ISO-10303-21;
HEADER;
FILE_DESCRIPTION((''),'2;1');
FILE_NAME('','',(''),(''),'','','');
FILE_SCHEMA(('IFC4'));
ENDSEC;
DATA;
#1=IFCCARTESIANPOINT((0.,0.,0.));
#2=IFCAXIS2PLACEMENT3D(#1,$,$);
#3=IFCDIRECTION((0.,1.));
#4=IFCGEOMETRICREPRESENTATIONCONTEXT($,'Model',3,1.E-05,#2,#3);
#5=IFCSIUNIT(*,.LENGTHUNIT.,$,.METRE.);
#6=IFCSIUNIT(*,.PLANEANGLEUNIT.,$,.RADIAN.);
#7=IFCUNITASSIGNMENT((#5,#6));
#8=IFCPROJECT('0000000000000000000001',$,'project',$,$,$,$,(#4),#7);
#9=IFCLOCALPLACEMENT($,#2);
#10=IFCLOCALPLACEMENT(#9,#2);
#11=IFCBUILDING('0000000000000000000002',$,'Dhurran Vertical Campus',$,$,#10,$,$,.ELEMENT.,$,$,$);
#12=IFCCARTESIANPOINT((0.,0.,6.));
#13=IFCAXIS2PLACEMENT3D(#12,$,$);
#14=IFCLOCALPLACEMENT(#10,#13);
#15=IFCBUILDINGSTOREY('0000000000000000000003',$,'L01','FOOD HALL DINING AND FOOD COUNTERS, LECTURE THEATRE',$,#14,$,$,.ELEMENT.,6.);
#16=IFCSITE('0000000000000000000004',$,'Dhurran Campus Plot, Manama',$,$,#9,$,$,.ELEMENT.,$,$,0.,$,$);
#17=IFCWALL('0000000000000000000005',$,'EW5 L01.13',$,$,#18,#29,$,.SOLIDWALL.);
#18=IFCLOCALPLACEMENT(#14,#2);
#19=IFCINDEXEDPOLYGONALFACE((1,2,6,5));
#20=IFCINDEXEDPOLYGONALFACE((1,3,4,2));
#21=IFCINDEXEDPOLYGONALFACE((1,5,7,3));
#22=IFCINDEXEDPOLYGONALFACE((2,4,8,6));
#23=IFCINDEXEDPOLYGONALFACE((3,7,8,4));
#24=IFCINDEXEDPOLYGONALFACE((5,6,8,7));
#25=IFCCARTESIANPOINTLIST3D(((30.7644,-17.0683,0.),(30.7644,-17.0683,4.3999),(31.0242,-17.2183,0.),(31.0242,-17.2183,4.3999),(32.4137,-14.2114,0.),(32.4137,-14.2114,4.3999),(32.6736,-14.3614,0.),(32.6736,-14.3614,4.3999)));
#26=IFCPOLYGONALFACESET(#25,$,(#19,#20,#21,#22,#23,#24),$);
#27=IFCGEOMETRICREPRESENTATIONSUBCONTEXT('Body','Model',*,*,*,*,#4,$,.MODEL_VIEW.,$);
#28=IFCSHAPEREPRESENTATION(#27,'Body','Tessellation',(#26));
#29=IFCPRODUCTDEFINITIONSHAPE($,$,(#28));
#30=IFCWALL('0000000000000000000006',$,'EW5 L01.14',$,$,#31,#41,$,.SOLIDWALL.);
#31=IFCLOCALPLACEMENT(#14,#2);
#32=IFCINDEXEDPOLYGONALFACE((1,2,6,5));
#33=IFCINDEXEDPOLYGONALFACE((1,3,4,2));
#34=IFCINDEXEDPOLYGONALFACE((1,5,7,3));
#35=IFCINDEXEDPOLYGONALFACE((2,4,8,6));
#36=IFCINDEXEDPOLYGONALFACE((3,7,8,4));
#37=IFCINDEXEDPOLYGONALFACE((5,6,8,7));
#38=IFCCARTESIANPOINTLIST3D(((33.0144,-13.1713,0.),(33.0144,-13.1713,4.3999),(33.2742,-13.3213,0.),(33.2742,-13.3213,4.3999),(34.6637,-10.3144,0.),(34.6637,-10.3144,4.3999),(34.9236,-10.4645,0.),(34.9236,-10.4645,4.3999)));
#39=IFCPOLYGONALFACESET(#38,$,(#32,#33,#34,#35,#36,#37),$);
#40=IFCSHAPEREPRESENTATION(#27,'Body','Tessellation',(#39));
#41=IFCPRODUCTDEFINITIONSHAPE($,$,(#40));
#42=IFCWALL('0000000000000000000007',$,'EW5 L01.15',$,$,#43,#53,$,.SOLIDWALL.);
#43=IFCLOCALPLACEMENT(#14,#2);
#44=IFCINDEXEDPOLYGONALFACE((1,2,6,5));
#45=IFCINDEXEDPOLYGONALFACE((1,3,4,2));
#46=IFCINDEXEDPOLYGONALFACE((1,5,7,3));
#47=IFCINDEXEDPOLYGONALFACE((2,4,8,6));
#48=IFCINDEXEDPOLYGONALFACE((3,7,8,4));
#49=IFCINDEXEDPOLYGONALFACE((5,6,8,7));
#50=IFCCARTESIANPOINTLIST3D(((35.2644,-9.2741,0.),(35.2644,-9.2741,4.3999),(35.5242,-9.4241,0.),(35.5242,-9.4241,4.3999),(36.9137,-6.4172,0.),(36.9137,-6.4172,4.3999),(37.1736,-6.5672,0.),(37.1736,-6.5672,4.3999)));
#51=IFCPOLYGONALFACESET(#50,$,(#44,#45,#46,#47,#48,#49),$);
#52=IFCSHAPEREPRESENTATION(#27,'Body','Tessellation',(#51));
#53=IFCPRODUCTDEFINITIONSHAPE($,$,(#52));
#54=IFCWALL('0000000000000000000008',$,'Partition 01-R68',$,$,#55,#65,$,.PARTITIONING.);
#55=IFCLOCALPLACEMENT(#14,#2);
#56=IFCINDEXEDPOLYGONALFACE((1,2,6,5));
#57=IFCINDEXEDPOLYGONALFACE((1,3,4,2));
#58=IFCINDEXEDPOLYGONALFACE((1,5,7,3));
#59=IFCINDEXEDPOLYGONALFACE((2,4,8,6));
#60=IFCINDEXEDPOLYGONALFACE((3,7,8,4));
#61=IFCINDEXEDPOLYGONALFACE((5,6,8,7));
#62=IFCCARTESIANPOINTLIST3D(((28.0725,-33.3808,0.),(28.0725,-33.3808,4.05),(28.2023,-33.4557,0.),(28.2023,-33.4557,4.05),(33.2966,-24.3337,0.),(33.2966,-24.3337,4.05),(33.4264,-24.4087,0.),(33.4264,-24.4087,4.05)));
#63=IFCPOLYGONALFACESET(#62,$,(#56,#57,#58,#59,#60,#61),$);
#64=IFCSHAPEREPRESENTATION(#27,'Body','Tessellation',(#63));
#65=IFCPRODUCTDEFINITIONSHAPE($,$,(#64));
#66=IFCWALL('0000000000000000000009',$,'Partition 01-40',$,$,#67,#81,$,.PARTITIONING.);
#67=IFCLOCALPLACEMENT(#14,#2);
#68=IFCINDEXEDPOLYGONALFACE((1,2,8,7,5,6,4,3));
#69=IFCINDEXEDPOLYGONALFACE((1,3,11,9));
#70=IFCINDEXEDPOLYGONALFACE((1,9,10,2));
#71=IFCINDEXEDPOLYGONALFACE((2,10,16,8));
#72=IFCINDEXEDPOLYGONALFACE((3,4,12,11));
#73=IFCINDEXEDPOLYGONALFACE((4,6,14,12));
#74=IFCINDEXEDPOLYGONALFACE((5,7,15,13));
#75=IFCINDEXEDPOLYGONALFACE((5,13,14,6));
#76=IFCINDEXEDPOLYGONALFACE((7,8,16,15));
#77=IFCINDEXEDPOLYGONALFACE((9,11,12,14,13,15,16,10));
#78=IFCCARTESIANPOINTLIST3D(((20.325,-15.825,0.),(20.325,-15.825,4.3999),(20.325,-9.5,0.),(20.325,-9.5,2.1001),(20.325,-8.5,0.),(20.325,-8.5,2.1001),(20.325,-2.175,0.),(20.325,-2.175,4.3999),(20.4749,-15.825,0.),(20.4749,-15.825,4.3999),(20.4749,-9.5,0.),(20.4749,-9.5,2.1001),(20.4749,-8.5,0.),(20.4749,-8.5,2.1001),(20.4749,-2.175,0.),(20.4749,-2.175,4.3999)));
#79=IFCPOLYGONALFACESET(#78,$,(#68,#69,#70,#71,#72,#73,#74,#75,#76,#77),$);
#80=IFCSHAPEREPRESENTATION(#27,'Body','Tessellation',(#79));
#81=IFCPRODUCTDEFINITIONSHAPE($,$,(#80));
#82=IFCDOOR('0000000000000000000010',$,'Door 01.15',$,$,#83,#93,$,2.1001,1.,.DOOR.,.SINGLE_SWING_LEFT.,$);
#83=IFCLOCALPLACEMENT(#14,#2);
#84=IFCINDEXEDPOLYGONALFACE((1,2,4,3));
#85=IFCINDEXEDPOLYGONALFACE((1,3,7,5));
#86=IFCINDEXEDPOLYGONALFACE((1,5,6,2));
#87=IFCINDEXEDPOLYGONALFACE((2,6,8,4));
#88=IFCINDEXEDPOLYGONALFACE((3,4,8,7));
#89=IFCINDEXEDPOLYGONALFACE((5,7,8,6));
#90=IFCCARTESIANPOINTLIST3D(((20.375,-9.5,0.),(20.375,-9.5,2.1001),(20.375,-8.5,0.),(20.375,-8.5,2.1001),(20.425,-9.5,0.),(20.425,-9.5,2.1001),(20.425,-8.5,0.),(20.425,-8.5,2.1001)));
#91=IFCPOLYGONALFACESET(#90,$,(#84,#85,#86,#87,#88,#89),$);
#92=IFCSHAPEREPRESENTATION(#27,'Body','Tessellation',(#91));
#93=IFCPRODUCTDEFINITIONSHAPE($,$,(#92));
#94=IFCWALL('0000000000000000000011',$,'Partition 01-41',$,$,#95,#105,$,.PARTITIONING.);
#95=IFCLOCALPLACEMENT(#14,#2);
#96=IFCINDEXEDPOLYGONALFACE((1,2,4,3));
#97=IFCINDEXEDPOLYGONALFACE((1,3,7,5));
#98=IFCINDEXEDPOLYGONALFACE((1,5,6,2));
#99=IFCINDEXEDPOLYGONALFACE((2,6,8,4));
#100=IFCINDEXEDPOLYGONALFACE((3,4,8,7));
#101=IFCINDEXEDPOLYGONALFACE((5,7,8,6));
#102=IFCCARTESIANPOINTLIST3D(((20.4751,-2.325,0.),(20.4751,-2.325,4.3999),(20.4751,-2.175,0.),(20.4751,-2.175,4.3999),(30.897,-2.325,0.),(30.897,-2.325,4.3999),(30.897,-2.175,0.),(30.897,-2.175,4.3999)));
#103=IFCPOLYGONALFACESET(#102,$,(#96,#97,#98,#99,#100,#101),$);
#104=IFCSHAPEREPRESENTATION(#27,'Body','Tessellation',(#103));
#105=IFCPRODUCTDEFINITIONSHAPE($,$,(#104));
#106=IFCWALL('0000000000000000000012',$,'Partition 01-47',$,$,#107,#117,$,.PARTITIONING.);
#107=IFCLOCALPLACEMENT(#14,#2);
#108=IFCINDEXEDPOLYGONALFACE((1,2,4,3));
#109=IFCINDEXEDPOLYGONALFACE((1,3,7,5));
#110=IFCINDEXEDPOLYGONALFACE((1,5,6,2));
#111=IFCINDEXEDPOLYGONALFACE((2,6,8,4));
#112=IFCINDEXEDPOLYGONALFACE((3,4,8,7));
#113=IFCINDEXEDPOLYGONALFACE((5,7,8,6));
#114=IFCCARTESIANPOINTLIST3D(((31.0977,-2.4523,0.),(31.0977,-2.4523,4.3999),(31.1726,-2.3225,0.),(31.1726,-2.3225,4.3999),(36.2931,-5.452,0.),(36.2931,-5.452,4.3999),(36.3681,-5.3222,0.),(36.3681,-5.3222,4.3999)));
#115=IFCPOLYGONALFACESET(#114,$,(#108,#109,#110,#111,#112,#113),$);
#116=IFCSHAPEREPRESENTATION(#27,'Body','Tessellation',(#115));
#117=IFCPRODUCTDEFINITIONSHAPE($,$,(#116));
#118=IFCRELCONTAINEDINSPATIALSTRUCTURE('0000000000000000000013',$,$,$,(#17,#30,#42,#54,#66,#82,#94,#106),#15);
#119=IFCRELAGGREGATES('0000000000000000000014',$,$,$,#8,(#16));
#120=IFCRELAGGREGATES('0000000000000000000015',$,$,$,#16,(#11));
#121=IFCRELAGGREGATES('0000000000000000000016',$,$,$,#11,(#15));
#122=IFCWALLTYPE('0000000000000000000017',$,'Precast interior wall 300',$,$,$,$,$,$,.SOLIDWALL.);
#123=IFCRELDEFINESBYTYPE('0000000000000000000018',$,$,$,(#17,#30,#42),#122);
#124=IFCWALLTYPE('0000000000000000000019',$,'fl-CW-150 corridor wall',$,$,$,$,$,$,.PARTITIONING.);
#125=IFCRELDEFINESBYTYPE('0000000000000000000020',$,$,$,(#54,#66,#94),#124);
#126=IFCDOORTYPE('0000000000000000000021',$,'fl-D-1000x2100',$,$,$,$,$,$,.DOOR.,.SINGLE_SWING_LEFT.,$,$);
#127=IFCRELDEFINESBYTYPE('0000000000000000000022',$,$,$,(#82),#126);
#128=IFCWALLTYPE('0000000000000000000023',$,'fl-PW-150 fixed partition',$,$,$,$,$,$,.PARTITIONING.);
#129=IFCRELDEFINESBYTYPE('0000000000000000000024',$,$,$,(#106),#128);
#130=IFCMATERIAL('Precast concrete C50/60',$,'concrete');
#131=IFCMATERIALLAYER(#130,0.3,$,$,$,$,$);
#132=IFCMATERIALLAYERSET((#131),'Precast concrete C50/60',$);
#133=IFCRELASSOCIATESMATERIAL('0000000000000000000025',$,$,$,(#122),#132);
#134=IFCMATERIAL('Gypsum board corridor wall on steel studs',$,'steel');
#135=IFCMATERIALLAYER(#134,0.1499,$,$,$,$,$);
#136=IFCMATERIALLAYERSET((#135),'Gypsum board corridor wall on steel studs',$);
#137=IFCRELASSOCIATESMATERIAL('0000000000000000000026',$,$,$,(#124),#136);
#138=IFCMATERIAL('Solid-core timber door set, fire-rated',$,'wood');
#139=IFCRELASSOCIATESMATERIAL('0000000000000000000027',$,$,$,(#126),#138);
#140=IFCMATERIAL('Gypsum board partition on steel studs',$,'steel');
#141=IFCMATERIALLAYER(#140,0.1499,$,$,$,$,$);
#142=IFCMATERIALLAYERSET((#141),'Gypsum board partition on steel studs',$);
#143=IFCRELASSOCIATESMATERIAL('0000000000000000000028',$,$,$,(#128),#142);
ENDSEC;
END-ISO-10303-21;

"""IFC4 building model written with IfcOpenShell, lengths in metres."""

from ifc_helpers import new_model, si_unit, direction, frame, frame_2d, origin, place, context, subcontext, project, spatial, rectangle, extrude, material, layer, layer_set, type_object, element, fill, save


model = new_model("IFC4")

# Units and contexts
model_context = context("Model", 3, precision=1e-05, world=origin(), true_north=direction((0.0, 1.0)))
body_context = subcontext(model_context, "Body", "Model", "MODEL_VIEW")
ifc_project = project(units=[si_unit("LENGTHUNIT", "METRE"), si_unit("PLANEANGLEUNIT", "RADIAN")], contexts=[model_context])

# Site, building, storey
site_placement = place(None, origin())
site = spatial("IfcSite", under=ifc_project, at=site_placement, Name="Dhurran Campus Plot, Manama", CompositionType="ELEMENT", RefElevation=0.0)
building_placement = place(site_placement, origin())
building = spatial("IfcBuilding", under=site, at=building_placement, Name="Dhurran Vertical Campus", CompositionType="ELEMENT")
storey_placement = place(building_placement, frame((0.0, 0.0, 6.0)))
storey = spatial("IfcBuildingStorey", under=building, at=storey_placement, Name="L01", Description="FOOD HALL DINING AND FOOD COUNTERS, LECTURE THEATRE", CompositionType="ELEMENT", Elevation=6.0)

# Walls
ifc_material_1 = material(Name="Precast concrete C50/60", Category="concrete")
ifc_layer_1 = layer(ifc_material_1, 0.3)
ifc_layer_set_1 = layer_set([ifc_layer_1], Name="Precast concrete C50/60")
wall_type_1 = type_object("IfcWallType", Name="Precast interior wall 300", PredefinedType="SOLIDWALL", material=ifc_layer_set_1)
for number, where, z_axis, x_axis, name in (
    (1, (30.8943, -17.1433, 0.0), (0.0, 0.0, 1.0), (0.499992, 0.86603, 0.0), "EW5 L01.13"),
    (2, (33.1443, -13.2463, 0.0), (0.0, 0.0, 1.0), (0.499992, 0.86603, 0.0), "EW5 L01.14"),
    (3, (35.3943, -9.3491, 0.0), (0.0, 0.0, 1.0), (0.499992, 0.86603, 0.0), "EW5 L01.15"),
):
    element("IfcWall", number, at=place(storey_placement, frame(where, z_axis=z_axis, x_axis=x_axis)), inside=storey, type_object=wall_type_1, Name=name, PredefinedType="SOLIDWALL", context=body_context, shape_type="SweptSolid", body=[
        extrude(rectangle(XDim=3.2988, YDim=0.3, at=frame_2d((1.6494, 0.0))), origin(), (0.0, 0.0, 1.0), 4.3999),
    ])
ifc_material_2 = material(Name="Gypsum board corridor wall on steel studs", Category="steel")
ifc_layer_2 = layer(ifc_material_2, 0.1499)
ifc_layer_set_2 = layer_set([ifc_layer_2], Name="Gypsum board corridor wall on steel studs")
wall_type_2 = type_object("IfcWallType", Name="fl-CW-150 corridor wall", PredefinedType="PARTITIONING", material=ifc_layer_set_2)
wall_1_placement = place(storey_placement, frame((33.3616, -24.3711, 0.0), z_axis=(0.0, 0.0, 1.0), x_axis=(-0.500055, -0.865994, 0.0)))
element("IfcWall", 4, at=wall_1_placement, inside=storey, type_object=wall_type_2, Name="Partition 01-R68", PredefinedType="PARTITIONING", context=body_context, shape_type="SweptSolid", body=[
    extrude(rectangle(XDim=10.447, YDim=0.1499, at=frame_2d((5.2236, 0.0))), origin(), (0.0, 0.0, 1.0), 4.05),
])

# Wall, opening, door
wall_2_placement = place(storey_placement, frame((20.3999, -15.825, 0.0), z_axis=(0.0, 0.0, 1.0), x_axis=(0.0, 1.0, 0.0)))
wall_2 = element("IfcWall", 5, at=wall_2_placement, inside=storey, type_object=wall_type_2, Name="Partition 01-40", PredefinedType="PARTITIONING", context=body_context, shape_type="SweptSolid", body=[
    extrude(rectangle(XDim=13.6499, YDim=0.1499, at=frame_2d((6.825, 0.0))), origin(), (0.0, 0.0, 1.0), 4.3999),
])
opening_placement = place(wall_2_placement, frame((6.325, 0.0, 0.0)))
opening = element("IfcOpeningElement", 6, at=opening_placement, cuts=wall_2, PredefinedType="OPENING", context=body_context, shape_type="SweptSolid", body=[
    extrude(rectangle(XDim=1.0, YDim=2.1001, at=frame_2d((0.5, 1.05))), frame((0.0, 0.085, 0.0), z_axis=(0.0, -1.0, 0.0), x_axis=(1.0, 0.0, 0.0)), (0.0, 0.0, 1.0), 0.1699),
])
ifc_material_3 = material(Name="Solid-core timber door set, fire-rated", Category="wood")
door_type = type_object("IfcDoorType", Name="fl-D-1000x2100", OperationType="SINGLE_SWING_LEFT", PredefinedType="DOOR", material=ifc_material_3)
door_placement = place(opening_placement, origin())
door = element("IfcDoor", 7, at=door_placement, inside=storey, type_object=door_type, Name="Door 01.15", OperationType="SINGLE_SWING_LEFT", OverallHeight=2.1001, OverallWidth=1.0, PredefinedType="DOOR", context=body_context, shape_type="SweptSolid", body=[
    extrude(rectangle(XDim=1.0, YDim=2.1001, at=frame_2d((0.5, 1.05))), frame((0.0, 0.0249, 0.0), z_axis=(0.0, -1.0, 0.0), x_axis=(1.0, 0.0, 0.0)), (0.0, 0.0, 1.0), 0.05),
])
fill(opening, door)

# Walls
wall_3_placement = place(storey_placement, frame((30.897, -2.25, 0.0), z_axis=(0.0, 0.0, 1.0), x_axis=(-1.0, 0.0, 0.0)))
element("IfcWall", 8, at=wall_3_placement, inside=storey, type_object=wall_type_2, Name="Partition 01-41", PredefinedType="PARTITIONING", context=body_context, shape_type="SweptSolid", body=[
    extrude(rectangle(XDim=10.4219, YDim=0.1499, at=frame_2d((5.2109, 0.0))), origin(), (0.0, 0.0, 1.0), 4.3999),
])
ifc_material_4 = material(Name="Gypsum board partition on steel studs", Category="steel")
ifc_layer_3 = layer(ifc_material_4, 0.1499)
ifc_layer_set_3 = layer_set([ifc_layer_3], Name="Gypsum board partition on steel studs")
wall_type_3 = type_object("IfcWallType", Name="fl-PW-150 fixed partition", PredefinedType="PARTITIONING", material=ifc_layer_set_3)
wall_4_placement = place(storey_placement, frame((31.1353, -2.3875, 0.0), z_axis=(0.0, 0.0, 1.0), x_axis=(0.866018, -0.500012, 0.0)))
element("IfcWall", 9, at=wall_4_placement, inside=storey, type_object=wall_type_3, Name="Partition 01-47", PredefinedType="PARTITIONING", context=body_context, shape_type="SweptSolid", body=[
    extrude(rectangle(XDim=5.9993, YDim=0.1499, at=frame_2d((2.9995, 0.0))), origin(), (0.0, 0.0, 1.0), 4.3999),
])

save(model, "model.ifc")
